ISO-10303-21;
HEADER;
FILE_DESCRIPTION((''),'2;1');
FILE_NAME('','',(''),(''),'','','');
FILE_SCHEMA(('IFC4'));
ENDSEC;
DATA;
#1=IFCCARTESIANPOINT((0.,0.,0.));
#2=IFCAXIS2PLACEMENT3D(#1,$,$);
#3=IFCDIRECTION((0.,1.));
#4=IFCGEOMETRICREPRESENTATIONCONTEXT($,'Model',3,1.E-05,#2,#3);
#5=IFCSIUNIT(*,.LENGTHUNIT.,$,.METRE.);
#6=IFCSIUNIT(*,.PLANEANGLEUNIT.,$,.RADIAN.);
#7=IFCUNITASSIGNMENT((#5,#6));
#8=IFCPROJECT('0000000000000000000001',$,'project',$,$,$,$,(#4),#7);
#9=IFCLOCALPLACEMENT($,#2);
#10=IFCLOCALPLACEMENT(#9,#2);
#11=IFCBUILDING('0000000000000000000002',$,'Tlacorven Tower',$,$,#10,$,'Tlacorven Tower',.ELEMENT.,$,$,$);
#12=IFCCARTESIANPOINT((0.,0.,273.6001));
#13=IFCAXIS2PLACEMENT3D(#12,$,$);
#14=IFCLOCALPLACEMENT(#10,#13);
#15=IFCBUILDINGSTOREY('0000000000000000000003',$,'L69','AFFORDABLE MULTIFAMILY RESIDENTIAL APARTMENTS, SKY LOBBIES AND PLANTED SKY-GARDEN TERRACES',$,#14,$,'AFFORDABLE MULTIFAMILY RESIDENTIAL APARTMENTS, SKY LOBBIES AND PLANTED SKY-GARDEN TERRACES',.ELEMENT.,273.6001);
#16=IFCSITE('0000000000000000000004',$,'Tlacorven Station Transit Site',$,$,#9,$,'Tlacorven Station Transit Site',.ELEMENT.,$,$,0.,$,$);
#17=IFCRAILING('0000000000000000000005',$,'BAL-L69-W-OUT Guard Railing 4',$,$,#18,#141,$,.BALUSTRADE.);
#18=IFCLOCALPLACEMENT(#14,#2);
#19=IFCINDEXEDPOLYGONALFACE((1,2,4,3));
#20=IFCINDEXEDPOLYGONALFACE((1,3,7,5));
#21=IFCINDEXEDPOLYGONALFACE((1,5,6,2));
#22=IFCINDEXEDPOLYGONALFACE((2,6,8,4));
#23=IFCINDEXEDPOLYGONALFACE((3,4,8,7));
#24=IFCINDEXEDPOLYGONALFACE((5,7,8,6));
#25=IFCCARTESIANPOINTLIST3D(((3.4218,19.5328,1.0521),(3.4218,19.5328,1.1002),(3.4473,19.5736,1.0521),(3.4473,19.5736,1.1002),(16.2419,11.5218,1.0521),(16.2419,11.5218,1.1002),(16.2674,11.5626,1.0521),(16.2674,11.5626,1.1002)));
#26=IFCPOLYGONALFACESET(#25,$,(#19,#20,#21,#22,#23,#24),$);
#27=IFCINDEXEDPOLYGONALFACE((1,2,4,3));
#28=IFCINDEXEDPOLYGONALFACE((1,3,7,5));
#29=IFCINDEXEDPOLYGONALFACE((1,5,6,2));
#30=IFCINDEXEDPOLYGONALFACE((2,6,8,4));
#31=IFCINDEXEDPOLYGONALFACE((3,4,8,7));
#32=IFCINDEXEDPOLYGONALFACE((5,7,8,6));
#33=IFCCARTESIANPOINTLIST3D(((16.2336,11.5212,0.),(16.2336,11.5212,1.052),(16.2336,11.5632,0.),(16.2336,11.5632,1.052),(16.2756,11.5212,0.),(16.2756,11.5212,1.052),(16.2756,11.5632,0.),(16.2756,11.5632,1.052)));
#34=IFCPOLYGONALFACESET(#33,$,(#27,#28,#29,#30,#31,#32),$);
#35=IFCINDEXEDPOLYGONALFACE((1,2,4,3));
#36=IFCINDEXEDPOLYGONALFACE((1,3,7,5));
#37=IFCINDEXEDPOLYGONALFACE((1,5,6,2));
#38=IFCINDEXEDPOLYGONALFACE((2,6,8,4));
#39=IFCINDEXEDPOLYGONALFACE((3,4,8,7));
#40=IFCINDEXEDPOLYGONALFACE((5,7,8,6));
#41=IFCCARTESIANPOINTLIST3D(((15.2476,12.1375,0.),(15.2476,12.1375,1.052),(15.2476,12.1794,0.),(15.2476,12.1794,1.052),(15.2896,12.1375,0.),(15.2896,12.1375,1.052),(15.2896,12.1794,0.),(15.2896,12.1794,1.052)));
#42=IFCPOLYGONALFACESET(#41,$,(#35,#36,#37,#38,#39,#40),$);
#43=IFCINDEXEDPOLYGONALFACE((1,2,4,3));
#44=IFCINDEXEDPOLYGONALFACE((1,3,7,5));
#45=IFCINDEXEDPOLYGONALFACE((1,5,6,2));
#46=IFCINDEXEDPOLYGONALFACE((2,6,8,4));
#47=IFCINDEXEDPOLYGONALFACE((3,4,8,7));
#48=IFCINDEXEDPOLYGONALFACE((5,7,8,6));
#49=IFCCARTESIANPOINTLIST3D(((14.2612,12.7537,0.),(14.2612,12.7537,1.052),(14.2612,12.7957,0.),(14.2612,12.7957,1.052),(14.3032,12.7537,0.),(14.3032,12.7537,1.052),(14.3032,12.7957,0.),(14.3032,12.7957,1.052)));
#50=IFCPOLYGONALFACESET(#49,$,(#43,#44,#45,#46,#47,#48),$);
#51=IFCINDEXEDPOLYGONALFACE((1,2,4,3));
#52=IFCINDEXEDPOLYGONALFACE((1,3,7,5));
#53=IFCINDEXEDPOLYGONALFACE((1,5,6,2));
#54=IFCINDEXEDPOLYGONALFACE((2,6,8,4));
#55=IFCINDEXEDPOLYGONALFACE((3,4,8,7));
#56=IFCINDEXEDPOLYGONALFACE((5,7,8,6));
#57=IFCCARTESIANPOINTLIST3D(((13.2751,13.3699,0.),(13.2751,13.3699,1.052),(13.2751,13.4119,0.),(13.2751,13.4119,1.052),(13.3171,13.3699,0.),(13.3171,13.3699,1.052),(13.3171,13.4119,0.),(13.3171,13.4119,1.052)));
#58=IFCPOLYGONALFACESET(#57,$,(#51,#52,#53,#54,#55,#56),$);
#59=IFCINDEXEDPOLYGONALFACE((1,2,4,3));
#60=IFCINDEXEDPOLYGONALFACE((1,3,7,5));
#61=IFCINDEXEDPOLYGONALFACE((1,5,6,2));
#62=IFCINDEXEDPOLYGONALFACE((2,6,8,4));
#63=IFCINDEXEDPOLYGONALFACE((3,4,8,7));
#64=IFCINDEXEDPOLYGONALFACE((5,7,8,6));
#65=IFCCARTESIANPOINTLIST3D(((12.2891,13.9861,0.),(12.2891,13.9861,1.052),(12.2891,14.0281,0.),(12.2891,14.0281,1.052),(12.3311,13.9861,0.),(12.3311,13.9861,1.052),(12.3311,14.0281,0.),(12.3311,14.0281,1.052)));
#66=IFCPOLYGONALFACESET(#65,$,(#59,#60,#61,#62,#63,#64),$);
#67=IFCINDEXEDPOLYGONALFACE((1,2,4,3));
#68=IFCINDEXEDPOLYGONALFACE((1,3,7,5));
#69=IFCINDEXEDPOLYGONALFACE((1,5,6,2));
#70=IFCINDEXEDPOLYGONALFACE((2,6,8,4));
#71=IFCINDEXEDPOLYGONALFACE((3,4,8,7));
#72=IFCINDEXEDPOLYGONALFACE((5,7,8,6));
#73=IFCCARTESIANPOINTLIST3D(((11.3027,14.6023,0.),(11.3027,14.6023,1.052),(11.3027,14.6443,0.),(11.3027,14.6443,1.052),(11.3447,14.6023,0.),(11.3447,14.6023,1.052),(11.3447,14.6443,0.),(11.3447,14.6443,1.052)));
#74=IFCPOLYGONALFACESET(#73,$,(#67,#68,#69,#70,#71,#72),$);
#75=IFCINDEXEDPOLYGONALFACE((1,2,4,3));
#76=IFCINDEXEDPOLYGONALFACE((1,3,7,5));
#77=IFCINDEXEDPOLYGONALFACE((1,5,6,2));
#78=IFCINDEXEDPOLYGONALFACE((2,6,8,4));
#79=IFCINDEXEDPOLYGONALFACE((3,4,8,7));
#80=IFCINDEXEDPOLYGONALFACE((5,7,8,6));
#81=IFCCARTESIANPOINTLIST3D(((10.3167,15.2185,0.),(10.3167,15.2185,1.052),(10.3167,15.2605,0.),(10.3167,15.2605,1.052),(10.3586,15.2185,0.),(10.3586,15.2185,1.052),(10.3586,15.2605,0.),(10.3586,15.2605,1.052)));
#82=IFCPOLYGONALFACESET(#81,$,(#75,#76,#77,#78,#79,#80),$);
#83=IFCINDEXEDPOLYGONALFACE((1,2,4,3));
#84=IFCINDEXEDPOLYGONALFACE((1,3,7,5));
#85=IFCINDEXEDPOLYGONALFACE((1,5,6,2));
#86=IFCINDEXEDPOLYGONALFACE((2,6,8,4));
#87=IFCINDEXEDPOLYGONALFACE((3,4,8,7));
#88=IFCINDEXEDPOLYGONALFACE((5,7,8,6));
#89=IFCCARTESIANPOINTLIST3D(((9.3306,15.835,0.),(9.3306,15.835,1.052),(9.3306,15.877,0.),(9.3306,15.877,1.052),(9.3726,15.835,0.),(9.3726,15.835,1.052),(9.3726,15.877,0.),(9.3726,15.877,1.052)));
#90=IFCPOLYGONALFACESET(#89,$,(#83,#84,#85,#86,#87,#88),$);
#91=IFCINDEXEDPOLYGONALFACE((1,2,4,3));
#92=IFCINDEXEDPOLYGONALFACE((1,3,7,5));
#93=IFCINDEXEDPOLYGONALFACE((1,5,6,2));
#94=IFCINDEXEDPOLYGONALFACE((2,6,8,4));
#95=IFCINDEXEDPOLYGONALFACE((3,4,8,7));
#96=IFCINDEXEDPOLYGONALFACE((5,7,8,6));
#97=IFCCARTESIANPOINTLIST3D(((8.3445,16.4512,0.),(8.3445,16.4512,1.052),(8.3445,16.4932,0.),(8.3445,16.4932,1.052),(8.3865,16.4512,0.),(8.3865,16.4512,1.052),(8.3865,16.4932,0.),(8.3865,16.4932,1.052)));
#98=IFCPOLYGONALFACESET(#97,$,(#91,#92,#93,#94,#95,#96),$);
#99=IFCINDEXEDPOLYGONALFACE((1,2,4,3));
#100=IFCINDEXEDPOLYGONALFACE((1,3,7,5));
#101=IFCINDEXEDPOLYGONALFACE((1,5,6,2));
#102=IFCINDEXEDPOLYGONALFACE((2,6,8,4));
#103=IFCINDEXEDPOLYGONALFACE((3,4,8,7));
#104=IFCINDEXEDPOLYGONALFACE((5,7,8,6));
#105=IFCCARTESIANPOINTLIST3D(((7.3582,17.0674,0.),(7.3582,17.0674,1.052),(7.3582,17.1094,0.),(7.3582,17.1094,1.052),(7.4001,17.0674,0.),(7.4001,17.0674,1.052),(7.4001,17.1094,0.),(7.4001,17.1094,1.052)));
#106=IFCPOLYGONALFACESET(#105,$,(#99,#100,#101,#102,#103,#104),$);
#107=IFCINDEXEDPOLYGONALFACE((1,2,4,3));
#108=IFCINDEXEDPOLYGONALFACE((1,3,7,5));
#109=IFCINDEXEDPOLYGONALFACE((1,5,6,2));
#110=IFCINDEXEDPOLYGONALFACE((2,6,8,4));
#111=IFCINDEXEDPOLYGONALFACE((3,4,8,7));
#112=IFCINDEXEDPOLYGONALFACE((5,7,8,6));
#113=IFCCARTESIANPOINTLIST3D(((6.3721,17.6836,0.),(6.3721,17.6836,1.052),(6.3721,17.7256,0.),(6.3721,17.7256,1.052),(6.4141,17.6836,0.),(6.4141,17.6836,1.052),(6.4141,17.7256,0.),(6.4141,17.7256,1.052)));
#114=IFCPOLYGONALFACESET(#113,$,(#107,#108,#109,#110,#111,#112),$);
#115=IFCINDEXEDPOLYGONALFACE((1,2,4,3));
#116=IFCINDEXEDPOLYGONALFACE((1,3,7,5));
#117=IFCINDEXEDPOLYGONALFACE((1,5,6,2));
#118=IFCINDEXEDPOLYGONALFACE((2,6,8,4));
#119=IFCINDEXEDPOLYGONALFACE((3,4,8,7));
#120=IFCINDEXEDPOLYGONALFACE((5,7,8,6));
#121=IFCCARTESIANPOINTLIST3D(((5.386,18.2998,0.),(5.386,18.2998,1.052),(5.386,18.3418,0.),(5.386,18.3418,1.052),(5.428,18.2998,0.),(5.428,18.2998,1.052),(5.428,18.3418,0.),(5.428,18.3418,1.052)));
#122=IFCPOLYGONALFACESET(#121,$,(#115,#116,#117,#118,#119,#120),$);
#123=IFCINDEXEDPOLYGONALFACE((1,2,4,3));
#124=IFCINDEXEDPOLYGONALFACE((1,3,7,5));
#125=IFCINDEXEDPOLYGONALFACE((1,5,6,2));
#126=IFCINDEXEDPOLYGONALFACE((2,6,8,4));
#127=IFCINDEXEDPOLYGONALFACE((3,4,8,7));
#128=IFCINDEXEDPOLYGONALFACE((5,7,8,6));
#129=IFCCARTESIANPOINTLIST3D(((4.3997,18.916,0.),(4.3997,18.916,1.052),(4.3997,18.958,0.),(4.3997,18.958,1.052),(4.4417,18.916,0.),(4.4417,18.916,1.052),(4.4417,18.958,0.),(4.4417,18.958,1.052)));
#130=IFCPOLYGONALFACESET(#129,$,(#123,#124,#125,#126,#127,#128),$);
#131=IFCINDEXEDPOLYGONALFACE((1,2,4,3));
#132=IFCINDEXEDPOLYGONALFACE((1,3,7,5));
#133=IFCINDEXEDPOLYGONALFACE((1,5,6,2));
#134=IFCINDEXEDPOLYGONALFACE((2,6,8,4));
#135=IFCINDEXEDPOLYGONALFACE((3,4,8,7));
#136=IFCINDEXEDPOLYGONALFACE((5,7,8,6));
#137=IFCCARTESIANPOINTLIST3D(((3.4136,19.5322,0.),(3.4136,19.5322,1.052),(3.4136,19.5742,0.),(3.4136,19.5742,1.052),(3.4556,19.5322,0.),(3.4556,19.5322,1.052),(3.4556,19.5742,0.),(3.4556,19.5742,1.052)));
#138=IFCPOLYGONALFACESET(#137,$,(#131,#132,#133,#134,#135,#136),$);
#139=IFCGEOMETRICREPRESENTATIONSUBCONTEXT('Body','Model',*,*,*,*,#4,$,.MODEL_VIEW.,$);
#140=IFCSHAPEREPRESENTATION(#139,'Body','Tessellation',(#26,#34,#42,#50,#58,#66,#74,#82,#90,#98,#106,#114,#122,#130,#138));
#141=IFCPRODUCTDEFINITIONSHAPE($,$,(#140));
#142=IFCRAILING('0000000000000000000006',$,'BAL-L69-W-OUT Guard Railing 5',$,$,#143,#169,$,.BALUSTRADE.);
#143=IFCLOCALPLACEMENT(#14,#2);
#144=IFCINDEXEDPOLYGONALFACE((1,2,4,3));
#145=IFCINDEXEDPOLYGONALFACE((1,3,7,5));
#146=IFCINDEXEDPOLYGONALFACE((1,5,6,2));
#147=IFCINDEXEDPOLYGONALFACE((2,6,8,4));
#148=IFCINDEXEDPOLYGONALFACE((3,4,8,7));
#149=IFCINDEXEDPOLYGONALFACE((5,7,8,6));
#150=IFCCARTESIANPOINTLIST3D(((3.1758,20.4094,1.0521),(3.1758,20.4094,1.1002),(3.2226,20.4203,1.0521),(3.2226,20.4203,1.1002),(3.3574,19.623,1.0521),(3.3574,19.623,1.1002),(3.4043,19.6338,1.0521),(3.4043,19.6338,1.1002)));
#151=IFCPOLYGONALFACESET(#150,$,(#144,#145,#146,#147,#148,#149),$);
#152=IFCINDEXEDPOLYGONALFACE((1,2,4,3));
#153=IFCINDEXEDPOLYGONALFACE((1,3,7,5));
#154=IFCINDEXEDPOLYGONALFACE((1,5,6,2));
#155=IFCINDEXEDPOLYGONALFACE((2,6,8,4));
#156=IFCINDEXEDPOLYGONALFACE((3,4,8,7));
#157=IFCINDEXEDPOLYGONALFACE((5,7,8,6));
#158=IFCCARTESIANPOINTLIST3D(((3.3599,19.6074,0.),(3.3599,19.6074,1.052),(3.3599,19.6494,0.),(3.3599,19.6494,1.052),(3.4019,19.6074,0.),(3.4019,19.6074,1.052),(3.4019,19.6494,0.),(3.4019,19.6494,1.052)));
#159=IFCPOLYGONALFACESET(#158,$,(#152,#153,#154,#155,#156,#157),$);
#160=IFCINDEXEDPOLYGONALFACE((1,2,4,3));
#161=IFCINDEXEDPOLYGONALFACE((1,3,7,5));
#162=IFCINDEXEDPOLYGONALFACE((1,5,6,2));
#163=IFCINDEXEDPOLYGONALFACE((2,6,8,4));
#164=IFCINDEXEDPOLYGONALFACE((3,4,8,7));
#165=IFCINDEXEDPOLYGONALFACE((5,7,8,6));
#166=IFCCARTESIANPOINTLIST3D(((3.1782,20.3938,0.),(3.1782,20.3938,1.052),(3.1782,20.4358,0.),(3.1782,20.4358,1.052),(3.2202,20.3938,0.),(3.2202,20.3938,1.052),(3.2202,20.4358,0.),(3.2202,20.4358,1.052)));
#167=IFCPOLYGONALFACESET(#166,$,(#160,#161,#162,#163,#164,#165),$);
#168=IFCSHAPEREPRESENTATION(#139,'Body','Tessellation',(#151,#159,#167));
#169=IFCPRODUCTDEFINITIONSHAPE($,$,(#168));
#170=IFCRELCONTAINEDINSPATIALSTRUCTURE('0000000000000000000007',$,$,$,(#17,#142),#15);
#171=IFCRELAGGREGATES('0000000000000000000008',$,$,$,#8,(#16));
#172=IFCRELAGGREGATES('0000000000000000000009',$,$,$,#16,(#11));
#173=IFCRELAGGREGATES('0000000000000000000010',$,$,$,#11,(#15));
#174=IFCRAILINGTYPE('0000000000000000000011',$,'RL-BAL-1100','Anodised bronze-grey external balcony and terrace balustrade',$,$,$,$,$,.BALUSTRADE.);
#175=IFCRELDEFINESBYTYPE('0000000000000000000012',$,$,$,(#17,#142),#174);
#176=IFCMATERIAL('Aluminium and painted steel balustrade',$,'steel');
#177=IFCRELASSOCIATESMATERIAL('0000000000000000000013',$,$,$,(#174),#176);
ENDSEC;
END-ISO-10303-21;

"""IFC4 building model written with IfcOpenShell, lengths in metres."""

from ifc_helpers import new_model, si_unit, direction, frame, origin, origin_2d, place, context, subcontext, project, spatial, rectangle, extrude, source, transform, mapped, material, type_object, element, save


model = new_model("IFC4")

# Units and contexts
model_context = context("Model", 3, precision=1e-05, world=origin(), true_north=direction((0.0, 1.0)))
body_context = subcontext(model_context, "Body", "Model", "MODEL_VIEW")
ifc_project = project(units=[si_unit("LENGTHUNIT", "METRE"), si_unit("PLANEANGLEUNIT", "RADIAN")], contexts=[model_context])

# Site, building, storey
site_placement = place(None, origin())
site = spatial("IfcSite", under=ifc_project, at=site_placement, Name="Tlacorven Station Transit Site", LongName="Tlacorven Station Transit Site", CompositionType="ELEMENT", RefElevation=0.0)
building_placement = place(site_placement, origin())
building = spatial("IfcBuilding", under=site, at=building_placement, Name="Tlacorven Tower", LongName="Tlacorven Tower", CompositionType="ELEMENT")
storey_placement = place(building_placement, frame((0.0, 0.0, 273.6001)))
storey = spatial("IfcBuildingStorey", under=building, at=storey_placement, Name="L69", Description="AFFORDABLE MULTIFAMILY RESIDENTIAL APARTMENTS, SKY LOBBIES AND PLANTED SKY-GARDEN TERRACES", LongName="AFFORDABLE MULTIFAMILY RESIDENTIAL APARTMENTS, SKY LOBBIES AND PLANTED SKY-GARDEN TERRACES", CompositionType="ELEMENT", Elevation=273.6001)

# Railings
ifc_material_1 = material(Name="Aluminium and painted steel balustrade", Category="steel")
railing_type = type_object("IfcRailingType", Name="RL-BAL-1100", Description="Anodised bronze-grey external balcony and terrace balustrade", PredefinedType="BALUSTRADE", material=ifc_material_1)
shared_shape_1 = source(origin(), body_context, "Body", "SweptSolid", [
    extrude(rectangle(XDim=0.0481, YDim=0.0481, at=origin_2d()), frame((0.0, 0.0, 1.0762), z_axis=(-0.848045, 0.529925, 0.0), x_axis=(-0.529925, -0.848045, 0.0)), (0.0, 0.0, 1.0), 15.1172),
    extrude(rectangle(XDim=0.042, YDim=0.042, at=origin_2d()), origin(), (0.0, 0.0, 1.0), 1.052),
    extrude(rectangle(XDim=0.042, YDim=0.042, at=origin_2d()), frame((-0.9861, 0.6162, 0.0)), (0.0, 0.0, 1.0), 1.052),
    extrude(rectangle(XDim=0.042, YDim=0.042, at=origin_2d()), frame((-1.9724, 1.2324, 0.0)), (0.0, 0.0, 1.0), 1.052),
    extrude(rectangle(XDim=0.042, YDim=0.042, at=origin_2d()), frame((-2.9585, 1.8486, 0.0)), (0.0, 0.0, 1.0), 1.052),
    extrude(rectangle(XDim=0.042, YDim=0.042, at=origin_2d()), frame((-3.9446, 2.4648, 0.0)), (0.0, 0.0, 1.0), 1.052),
    extrude(rectangle(XDim=0.042, YDim=0.042, at=origin_2d()), frame((-4.9309, 3.0811, 0.0)), (0.0, 0.0, 1.0), 1.052),
    extrude(rectangle(XDim=0.042, YDim=0.042, at=origin_2d()), frame((-5.917, 3.6973, 0.0)), (0.0, 0.0, 1.0), 1.052),
    extrude(rectangle(XDim=0.042, YDim=0.042, at=origin_2d()), frame((-6.9031, 4.3137, 0.0)), (0.0, 0.0, 1.0), 1.052),
    extrude(rectangle(XDim=0.042, YDim=0.042, at=origin_2d()), frame((-7.8892, 4.9299, 0.0)), (0.0, 0.0, 1.0), 1.052),
    extrude(rectangle(XDim=0.042, YDim=0.042, at=origin_2d()), frame((-8.8755, 5.5461, 0.0)), (0.0, 0.0, 1.0), 1.052),
    extrude(rectangle(XDim=0.042, YDim=0.042, at=origin_2d()), frame((-9.8616, 6.1624, 0.0)), (0.0, 0.0, 1.0), 1.052),
    extrude(rectangle(XDim=0.042, YDim=0.042, at=origin_2d()), frame((-10.8477, 6.7786, 0.0)), (0.0, 0.0, 1.0), 1.052),
    extrude(rectangle(XDim=0.042, YDim=0.042, at=origin_2d()), frame((-11.834, 7.3948, 0.0)), (0.0, 0.0, 1.0), 1.052),
    extrude(rectangle(XDim=0.042, YDim=0.042, at=origin_2d()), frame((-12.8201, 8.011, 0.0)), (0.0, 0.0, 1.0), 1.052),
])
railing_1_placement = place(storey_placement, frame((16.2546, 11.5422, 0.0)))
element("IfcRailing", 1, at=railing_1_placement, inside=storey, type_object=railing_type, Name="BAL-L69-W-OUT Guard Railing 4", PredefinedType="BALUSTRADE", context=body_context, shape_type="MappedRepresentation", body=[
    mapped(shared_shape_1, transform((0.0, 0.0, 0.0), scale=1.0)),
])
shared_shape_2 = source(origin(), body_context, "Body", "SweptSolid", [
    extrude(rectangle(XDim=0.0481, YDim=0.0481, at=origin_2d()), frame((0.0, 0.0, 1.0762), z_axis=(-0.225058, 0.974345, 0.0), x_axis=(-0.974345, -0.225058, 0.0)), (0.0, 0.0, 1.0), 0.8071),
    extrude(rectangle(XDim=0.042, YDim=0.042, at=origin_2d()), origin(), (0.0, 0.0, 1.0), 1.052),
    extrude(rectangle(XDim=0.042, YDim=0.042, at=origin_2d()), frame((-0.1816, 0.7864, 0.0)), (0.0, 0.0, 1.0), 1.052),
])
railing_2_placement = place(storey_placement, frame((3.3809, 19.6284, 0.0)))
element("IfcRailing", 2, at=railing_2_placement, inside=storey, type_object=railing_type, Name="BAL-L69-W-OUT Guard Railing 5", PredefinedType="BALUSTRADE", context=body_context, shape_type="MappedRepresentation", body=[
    mapped(shared_shape_2, transform((0.0, 0.0, 0.0), scale=1.0)),
])

save(model, "model.ifc")
